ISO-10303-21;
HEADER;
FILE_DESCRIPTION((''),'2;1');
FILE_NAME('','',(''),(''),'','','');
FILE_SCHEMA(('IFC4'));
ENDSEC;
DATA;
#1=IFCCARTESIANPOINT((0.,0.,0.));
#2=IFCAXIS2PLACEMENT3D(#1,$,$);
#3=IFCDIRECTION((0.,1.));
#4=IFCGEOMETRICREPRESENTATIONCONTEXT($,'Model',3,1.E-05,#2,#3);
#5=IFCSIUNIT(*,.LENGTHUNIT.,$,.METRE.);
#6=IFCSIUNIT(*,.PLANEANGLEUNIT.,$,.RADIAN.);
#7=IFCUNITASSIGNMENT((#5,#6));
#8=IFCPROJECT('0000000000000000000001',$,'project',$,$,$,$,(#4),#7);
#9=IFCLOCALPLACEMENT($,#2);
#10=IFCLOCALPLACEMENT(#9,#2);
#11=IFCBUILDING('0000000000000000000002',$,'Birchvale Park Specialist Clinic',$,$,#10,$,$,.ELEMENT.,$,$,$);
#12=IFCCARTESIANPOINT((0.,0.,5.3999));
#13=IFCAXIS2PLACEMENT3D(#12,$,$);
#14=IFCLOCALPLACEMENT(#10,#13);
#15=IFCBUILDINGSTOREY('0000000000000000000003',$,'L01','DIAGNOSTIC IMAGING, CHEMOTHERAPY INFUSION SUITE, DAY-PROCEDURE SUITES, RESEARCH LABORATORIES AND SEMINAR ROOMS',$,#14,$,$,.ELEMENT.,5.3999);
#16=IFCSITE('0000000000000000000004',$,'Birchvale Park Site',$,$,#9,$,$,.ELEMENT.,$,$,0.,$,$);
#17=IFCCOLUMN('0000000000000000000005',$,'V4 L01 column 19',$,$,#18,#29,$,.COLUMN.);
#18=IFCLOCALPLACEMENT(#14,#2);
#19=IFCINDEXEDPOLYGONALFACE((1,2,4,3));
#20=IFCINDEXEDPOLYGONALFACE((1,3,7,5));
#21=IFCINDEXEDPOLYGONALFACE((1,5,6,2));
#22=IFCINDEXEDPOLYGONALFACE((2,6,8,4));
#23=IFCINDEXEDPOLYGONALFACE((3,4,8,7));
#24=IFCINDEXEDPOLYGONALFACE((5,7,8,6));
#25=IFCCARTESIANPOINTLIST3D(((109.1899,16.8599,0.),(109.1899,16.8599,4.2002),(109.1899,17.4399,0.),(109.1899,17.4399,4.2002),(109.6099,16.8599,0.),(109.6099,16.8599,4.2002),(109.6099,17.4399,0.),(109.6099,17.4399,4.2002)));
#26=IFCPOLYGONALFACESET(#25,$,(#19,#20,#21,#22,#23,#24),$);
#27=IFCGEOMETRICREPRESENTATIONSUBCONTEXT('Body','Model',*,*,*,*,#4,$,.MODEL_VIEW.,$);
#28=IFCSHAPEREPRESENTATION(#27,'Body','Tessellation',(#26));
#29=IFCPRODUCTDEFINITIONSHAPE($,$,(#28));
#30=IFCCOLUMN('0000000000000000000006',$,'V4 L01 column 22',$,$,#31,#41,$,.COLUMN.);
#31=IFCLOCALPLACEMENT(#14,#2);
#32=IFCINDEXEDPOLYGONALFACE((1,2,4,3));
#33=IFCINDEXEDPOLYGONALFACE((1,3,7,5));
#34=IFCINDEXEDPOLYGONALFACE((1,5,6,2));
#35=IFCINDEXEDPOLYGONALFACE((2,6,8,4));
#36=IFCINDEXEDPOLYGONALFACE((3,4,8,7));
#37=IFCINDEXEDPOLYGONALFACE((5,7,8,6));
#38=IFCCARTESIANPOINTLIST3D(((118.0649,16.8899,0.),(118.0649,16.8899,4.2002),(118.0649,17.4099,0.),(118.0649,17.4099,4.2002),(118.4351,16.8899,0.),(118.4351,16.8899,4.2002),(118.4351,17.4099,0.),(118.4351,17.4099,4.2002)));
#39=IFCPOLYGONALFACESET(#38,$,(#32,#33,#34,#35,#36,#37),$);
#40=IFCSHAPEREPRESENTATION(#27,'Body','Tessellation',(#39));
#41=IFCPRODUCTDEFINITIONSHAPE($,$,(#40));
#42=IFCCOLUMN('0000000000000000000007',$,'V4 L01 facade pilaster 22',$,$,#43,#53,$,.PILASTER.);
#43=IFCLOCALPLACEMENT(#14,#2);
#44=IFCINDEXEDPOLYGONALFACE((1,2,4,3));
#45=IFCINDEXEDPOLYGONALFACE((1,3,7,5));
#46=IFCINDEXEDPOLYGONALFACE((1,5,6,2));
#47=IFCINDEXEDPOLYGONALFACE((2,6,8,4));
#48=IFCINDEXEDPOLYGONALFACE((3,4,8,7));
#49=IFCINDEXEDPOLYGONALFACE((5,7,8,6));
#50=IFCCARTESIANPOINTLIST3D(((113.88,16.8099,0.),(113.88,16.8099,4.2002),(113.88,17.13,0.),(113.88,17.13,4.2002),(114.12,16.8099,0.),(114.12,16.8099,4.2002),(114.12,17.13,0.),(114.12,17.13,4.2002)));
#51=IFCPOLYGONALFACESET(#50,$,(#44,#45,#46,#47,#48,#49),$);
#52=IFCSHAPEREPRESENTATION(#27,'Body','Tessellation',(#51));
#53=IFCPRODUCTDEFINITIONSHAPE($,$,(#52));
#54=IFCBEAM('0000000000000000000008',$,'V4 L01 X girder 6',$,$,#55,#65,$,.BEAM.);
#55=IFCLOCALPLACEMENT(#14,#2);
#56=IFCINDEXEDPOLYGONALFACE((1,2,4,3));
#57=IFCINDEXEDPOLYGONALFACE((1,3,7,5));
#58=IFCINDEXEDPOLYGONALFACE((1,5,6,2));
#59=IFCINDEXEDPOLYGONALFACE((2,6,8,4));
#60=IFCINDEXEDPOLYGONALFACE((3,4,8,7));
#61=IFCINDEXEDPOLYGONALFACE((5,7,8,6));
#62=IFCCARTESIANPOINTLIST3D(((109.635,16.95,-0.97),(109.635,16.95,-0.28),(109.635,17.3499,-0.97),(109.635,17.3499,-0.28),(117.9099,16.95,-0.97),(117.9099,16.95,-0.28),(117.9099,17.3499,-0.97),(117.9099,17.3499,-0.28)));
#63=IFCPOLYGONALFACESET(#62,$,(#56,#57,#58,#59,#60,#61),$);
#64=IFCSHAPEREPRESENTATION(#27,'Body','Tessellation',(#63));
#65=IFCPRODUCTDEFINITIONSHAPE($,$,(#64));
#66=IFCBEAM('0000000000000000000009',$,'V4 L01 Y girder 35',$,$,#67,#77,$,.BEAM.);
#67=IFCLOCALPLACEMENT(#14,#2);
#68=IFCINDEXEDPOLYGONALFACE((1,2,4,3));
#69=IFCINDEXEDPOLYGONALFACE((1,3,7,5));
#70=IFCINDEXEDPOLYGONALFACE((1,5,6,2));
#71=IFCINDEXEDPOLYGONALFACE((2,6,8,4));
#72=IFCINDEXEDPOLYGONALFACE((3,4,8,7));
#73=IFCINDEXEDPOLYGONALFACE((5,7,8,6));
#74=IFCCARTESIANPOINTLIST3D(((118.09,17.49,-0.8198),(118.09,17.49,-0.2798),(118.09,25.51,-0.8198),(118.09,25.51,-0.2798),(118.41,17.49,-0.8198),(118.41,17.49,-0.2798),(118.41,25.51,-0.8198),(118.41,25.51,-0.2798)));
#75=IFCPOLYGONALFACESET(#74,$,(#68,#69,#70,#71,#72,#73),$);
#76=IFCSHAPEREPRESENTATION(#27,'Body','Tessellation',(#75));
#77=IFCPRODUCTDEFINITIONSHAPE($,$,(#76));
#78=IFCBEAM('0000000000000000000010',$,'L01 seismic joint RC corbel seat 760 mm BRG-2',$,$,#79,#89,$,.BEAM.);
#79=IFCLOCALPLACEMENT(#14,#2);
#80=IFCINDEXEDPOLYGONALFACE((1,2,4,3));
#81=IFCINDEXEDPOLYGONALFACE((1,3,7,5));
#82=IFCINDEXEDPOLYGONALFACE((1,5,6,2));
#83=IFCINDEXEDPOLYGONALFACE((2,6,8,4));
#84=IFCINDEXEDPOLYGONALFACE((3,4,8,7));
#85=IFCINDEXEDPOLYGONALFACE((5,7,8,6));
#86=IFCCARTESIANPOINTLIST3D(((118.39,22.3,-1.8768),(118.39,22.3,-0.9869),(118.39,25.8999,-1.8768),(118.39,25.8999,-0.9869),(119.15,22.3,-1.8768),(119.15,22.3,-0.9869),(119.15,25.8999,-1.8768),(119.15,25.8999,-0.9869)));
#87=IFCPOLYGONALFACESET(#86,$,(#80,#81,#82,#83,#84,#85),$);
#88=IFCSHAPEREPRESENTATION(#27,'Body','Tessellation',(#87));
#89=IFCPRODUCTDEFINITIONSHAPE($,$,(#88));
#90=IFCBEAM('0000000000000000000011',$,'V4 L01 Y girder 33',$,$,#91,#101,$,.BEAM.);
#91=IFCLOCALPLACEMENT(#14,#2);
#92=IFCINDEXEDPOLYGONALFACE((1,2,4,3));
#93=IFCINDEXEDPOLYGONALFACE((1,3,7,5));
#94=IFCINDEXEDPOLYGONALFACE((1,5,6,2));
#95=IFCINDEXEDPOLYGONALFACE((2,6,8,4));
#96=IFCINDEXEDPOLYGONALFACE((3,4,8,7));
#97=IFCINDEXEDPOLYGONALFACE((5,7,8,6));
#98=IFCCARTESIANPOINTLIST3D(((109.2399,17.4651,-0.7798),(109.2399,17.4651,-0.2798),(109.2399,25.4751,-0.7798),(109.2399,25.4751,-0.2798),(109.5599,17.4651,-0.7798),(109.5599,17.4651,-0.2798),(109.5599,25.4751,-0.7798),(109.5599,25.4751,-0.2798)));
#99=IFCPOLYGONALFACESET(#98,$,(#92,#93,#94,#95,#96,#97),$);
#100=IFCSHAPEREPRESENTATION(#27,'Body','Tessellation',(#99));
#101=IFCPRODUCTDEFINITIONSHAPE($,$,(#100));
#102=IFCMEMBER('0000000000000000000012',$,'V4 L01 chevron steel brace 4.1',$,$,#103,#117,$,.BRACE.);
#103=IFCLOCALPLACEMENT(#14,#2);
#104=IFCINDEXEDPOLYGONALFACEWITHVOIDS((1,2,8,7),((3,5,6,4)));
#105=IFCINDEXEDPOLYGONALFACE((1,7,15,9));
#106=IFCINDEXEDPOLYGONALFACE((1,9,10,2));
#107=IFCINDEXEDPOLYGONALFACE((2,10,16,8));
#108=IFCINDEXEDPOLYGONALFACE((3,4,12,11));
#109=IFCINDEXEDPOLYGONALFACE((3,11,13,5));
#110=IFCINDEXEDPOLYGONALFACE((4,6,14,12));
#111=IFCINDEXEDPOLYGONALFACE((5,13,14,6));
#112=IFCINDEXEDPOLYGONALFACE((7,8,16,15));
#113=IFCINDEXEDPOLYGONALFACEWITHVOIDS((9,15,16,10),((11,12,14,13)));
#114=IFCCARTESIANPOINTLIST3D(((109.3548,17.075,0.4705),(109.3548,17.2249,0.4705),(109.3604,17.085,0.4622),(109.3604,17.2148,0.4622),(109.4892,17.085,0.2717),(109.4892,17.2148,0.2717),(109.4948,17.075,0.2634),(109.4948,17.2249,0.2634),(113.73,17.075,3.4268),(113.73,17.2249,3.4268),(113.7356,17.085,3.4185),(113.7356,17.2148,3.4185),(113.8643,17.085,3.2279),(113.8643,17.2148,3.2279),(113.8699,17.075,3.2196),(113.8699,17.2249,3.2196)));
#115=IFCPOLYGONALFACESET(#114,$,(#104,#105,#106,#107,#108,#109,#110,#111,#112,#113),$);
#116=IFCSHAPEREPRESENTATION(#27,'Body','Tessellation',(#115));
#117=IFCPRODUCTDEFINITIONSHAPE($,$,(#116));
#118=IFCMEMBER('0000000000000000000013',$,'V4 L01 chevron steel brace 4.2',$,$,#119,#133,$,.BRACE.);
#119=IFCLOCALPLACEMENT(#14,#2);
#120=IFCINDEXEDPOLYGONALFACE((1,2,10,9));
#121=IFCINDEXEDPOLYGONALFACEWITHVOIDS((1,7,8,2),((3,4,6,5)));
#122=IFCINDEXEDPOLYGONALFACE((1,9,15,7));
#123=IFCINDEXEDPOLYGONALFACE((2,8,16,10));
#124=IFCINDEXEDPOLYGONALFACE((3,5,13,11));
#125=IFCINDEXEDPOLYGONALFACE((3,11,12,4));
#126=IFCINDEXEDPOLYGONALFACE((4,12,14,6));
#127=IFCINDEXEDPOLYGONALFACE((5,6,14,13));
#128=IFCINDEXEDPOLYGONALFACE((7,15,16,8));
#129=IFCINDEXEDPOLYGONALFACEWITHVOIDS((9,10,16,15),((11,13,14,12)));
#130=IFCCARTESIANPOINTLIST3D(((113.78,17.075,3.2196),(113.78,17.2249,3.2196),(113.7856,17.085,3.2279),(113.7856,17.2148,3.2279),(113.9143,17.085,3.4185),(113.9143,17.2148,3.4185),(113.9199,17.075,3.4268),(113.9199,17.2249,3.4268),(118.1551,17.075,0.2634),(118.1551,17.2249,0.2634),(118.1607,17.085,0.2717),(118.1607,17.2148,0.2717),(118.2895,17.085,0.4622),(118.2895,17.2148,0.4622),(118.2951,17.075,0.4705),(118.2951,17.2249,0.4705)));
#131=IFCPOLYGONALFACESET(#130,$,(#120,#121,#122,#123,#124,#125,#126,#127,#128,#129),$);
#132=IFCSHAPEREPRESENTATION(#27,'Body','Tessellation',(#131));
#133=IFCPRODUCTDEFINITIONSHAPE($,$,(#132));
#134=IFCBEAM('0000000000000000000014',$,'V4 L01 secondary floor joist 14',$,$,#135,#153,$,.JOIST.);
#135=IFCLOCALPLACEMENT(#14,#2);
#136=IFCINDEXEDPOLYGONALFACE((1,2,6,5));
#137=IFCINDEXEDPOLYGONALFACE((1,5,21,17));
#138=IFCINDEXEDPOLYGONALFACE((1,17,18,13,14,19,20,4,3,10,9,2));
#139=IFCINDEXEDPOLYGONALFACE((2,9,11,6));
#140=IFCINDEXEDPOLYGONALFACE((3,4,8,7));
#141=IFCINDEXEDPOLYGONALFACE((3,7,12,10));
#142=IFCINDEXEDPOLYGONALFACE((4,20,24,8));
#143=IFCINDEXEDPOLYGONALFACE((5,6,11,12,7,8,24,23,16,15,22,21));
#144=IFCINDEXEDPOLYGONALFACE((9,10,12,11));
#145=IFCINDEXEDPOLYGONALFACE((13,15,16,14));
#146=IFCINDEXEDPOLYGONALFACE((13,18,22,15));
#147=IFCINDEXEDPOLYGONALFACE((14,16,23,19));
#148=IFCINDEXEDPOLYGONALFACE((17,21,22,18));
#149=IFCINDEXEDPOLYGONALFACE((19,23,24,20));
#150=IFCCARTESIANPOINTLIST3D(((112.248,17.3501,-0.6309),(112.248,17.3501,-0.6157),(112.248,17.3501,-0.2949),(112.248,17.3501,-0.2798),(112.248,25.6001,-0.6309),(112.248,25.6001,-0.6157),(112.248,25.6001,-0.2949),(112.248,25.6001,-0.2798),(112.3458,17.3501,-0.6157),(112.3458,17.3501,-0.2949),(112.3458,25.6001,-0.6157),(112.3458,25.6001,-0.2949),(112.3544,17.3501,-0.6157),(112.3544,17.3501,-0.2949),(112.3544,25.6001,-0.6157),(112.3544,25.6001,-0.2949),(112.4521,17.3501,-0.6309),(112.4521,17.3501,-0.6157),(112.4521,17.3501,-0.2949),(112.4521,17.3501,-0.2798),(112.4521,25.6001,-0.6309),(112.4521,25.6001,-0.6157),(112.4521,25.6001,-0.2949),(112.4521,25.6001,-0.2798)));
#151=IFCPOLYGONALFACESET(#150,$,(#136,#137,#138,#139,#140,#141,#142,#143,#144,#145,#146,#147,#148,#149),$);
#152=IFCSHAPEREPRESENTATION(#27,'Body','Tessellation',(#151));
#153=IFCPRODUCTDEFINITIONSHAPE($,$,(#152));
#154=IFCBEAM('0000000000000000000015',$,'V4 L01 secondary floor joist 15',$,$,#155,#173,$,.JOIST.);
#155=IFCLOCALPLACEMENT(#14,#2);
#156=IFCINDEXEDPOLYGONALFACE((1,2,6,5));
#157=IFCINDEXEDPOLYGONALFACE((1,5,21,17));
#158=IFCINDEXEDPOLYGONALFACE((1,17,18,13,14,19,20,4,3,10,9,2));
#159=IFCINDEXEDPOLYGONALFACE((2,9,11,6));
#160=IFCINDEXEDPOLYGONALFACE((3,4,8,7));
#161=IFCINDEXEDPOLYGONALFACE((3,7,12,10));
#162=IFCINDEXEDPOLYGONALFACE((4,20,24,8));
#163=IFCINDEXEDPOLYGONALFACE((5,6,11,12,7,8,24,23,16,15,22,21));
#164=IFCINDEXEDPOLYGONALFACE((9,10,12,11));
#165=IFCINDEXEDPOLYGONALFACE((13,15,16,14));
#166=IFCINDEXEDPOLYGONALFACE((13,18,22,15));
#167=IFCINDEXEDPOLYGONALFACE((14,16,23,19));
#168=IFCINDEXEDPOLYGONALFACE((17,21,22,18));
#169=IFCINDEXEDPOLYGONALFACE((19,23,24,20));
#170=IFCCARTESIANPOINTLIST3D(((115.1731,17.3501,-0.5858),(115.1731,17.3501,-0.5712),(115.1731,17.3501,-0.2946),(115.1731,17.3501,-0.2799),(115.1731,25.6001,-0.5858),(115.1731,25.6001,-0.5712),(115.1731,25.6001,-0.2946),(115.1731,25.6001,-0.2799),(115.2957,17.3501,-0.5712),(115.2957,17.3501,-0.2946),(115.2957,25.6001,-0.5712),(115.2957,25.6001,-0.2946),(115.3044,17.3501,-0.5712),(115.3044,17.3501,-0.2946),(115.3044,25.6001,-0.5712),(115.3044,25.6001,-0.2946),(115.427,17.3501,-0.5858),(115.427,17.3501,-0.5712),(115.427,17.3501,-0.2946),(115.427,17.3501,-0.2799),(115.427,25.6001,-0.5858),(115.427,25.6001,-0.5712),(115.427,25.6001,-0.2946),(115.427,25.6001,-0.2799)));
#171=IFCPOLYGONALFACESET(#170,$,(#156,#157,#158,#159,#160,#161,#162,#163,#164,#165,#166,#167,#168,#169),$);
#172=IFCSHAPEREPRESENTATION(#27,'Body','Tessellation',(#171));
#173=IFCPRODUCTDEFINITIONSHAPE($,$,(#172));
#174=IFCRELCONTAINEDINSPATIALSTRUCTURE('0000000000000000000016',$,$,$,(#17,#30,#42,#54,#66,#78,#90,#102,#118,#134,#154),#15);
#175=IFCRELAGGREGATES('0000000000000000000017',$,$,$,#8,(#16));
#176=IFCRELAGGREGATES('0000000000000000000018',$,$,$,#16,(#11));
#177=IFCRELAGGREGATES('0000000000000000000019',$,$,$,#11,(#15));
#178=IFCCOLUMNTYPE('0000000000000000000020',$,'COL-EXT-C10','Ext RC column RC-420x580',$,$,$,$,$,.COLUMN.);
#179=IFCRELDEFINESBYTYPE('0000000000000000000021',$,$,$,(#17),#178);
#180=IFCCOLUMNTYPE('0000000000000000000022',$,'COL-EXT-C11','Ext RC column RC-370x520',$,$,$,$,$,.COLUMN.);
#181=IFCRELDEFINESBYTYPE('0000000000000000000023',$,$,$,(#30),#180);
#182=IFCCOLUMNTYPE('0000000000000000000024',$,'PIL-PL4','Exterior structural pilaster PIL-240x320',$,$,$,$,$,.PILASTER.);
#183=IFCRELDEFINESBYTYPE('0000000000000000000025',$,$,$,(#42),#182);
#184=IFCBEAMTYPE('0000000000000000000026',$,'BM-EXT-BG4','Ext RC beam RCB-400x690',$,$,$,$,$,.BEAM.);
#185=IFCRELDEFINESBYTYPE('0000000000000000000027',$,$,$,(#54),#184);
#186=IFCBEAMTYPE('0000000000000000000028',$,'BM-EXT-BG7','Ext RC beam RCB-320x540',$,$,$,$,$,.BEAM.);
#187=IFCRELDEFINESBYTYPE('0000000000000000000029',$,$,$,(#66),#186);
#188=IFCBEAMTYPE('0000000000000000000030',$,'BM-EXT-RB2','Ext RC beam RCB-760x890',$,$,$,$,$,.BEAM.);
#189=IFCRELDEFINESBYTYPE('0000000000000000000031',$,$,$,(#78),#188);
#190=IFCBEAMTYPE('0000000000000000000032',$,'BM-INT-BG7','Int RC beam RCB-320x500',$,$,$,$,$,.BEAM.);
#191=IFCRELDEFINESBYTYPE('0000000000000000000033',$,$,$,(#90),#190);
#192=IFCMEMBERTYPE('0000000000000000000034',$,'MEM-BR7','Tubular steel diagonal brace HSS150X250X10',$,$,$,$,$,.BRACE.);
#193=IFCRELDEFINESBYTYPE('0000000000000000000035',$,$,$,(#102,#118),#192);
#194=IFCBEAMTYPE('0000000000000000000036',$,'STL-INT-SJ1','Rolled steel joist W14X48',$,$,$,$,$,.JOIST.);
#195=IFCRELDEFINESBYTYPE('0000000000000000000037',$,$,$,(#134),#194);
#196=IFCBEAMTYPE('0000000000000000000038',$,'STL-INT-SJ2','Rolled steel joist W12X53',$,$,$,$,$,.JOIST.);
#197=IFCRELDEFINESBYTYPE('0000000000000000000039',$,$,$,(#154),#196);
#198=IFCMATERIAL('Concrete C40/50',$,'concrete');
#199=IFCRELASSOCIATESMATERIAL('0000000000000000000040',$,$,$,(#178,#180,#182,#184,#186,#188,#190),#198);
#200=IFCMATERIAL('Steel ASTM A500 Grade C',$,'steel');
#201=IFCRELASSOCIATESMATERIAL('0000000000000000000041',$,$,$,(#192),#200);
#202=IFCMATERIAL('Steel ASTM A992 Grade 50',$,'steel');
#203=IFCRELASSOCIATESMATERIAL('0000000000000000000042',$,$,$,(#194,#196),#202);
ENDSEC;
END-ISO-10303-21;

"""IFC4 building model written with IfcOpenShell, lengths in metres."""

from ifc_helpers import new_model, si_unit, direction, frame, origin, origin_2d, place, context, subcontext, project, spatial, rectangle, hollow_rectangle, i_section, extrude, material, material_profile, profile_set, type_object, element, save


model = new_model("IFC4")

# Units and contexts
model_context = context("Model", 3, precision=1e-05, world=origin(), true_north=direction((0.0, 1.0)))
body_context = subcontext(model_context, "Body", "Model", "MODEL_VIEW")
ifc_project = project(units=[si_unit("LENGTHUNIT", "METRE"), si_unit("PLANEANGLEUNIT", "RADIAN")], contexts=[model_context])

# Site, building, storey
site_placement = place(None, origin())
site = spatial("IfcSite", under=ifc_project, at=site_placement, Name="Birchvale Park Site", CompositionType="ELEMENT", RefElevation=0.0)
building_placement = place(site_placement, origin())
building = spatial("IfcBuilding", under=site, at=building_placement, Name="Birchvale Park Specialist Clinic", CompositionType="ELEMENT")
storey_placement = place(building_placement, frame((0.0, 0.0, 5.3999)))
storey = spatial("IfcBuildingStorey", under=building, at=storey_placement, Name="L01", Description="DIAGNOSTIC IMAGING, CHEMOTHERAPY INFUSION SUITE, DAY-PROCEDURE SUITES, RESEARCH LABORATORIES AND SEMINAR ROOMS", CompositionType="ELEMENT", Elevation=5.3999)

# Columns
ifc_material_1 = material(Name="Concrete C40/50", Category="concrete")
ifc_material_profile_1 = material_profile(ifc_material_1, rectangle(XDim=0.4199, YDim=0.5801, at=origin_2d()), Name="RC-420x580")
ifc_profile_set_1 = profile_set([ifc_material_profile_1], Name="Concrete C40/50")
column_type_1 = type_object("IfcColumnType", Name="COL-EXT-C10", Description="Ext RC column RC-420x580", PredefinedType="COLUMN", material=ifc_profile_set_1)
column_1_placement = place(storey_placement, frame((109.3999, 17.1499, 0.0), z_axis=(0.0, 0.0, 1.0), x_axis=(1.0, 0.0, 0.0)))
element("IfcColumn", 1, at=column_1_placement, inside=storey, type_object=column_type_1, Name="V4 L01 column 19", PredefinedType="COLUMN", context=body_context, shape_type="SweptSolid", body=[
    extrude(rectangle(XDim=0.4199, YDim=0.5801, at=origin_2d()), origin(), (0.0, 0.0, 1.0), 4.2002),
])
ifc_material_profile_2 = material_profile(ifc_material_1, rectangle(XDim=0.3701, YDim=0.52, at=origin_2d()), Name="RC-370x520")
ifc_profile_set_2 = profile_set([ifc_material_profile_2], Name="Concrete C40/50")
column_type_2 = type_object("IfcColumnType", Name="COL-EXT-C11", Description="Ext RC column RC-370x520", PredefinedType="COLUMN", material=ifc_profile_set_2)
column_2_placement = place(storey_placement, frame((118.25, 17.1499, 0.0), z_axis=(0.0, 0.0, 1.0), x_axis=(1.0, 0.0, 0.0)))
element("IfcColumn", 2, at=column_2_placement, inside=storey, type_object=column_type_2, Name="V4 L01 column 22", PredefinedType="COLUMN", context=body_context, shape_type="SweptSolid", body=[
    extrude(rectangle(XDim=0.3701, YDim=0.52, at=origin_2d()), origin(), (0.0, 0.0, 1.0), 4.2002),
])
ifc_material_profile_3 = material_profile(ifc_material_1, rectangle(XDim=0.24, YDim=0.3201, at=origin_2d()), Name="PIL-240x320")
ifc_profile_set_3 = profile_set([ifc_material_profile_3], Name="Concrete C40/50")
column_type_3 = type_object("IfcColumnType", Name="PIL-PL4", Description="Exterior structural pilaster PIL-240x320", PredefinedType="PILASTER", material=ifc_profile_set_3)
column_3_placement = place(storey_placement, frame((114.0, 16.97, 0.0), z_axis=(0.0, 0.0, 1.0), x_axis=(1.0, 0.0, 0.0)))
element("IfcColumn", 3, at=column_3_placement, inside=storey, type_object=column_type_3, Name="V4 L01 facade pilaster 22", PredefinedType="PILASTER", context=body_context, shape_type="SweptSolid", body=[
    extrude(rectangle(XDim=0.24, YDim=0.3201, at=origin_2d()), origin(), (0.0, 0.0, 1.0), 4.2002),
])

# Beams
ifc_material_profile_4 = material_profile(ifc_material_1, rectangle(XDim=0.3999, YDim=0.6899, at=origin_2d()), Name="RCB-400x690")
ifc_profile_set_4 = profile_set([ifc_material_profile_4], Name="Concrete C40/50")
beam_type_1 = type_object("IfcBeamType", Name="BM-EXT-BG4", Description="Ext RC beam RCB-400x690", PredefinedType="BEAM", material=ifc_profile_set_4)
beam_1_placement = place(storey_placement, frame((109.635, 17.1499, -0.625), z_axis=(1.0, 0.0, 0.0), x_axis=(0.0, 1.0, 0.0)))
element("IfcBeam", 4, at=beam_1_placement, inside=storey, type_object=beam_type_1, Name="V4 L01 X girder 6", PredefinedType="BEAM", context=body_context, shape_type="SweptSolid", body=[
    extrude(rectangle(XDim=0.3999, YDim=0.6899, at=origin_2d()), origin(), (0.0, 0.0, 1.0), 8.2749),
])
ifc_material_profile_5 = material_profile(ifc_material_1, rectangle(XDim=0.3201, YDim=0.54, at=origin_2d()), Name="RCB-320x540")
ifc_profile_set_5 = profile_set([ifc_material_profile_5], Name="Concrete C40/50")
beam_type_2 = type_object("IfcBeamType", Name="BM-EXT-BG7", Description="Ext RC beam RCB-320x540", PredefinedType="BEAM", material=ifc_profile_set_5)
beam_2_placement = place(storey_placement, frame((118.25, 17.49, -0.5498), z_axis=(0.0, 1.0, 0.0), x_axis=(-1.0, 0.0, 0.0)))
element("IfcBeam", 5, at=beam_2_placement, inside=storey, type_object=beam_type_2, Name="V4 L01 Y girder 35", PredefinedType="BEAM", context=body_context, shape_type="SweptSolid", body=[
    extrude(rectangle(XDim=0.3201, YDim=0.54, at=origin_2d()), origin(), (0.0, 0.0, 1.0), 8.02),
])
ifc_material_profile_6 = material_profile(ifc_material_1, rectangle(XDim=0.76, YDim=0.8899, at=origin_2d()), Name="RCB-760x890")
ifc_profile_set_6 = profile_set([ifc_material_profile_6], Name="Concrete C40/50")
beam_type_3 = type_object("IfcBeamType", Name="BM-EXT-RB2", Description="Ext RC beam RCB-760x890", PredefinedType="BEAM", material=ifc_profile_set_6)
beam_3_placement = place(storey_placement, frame((118.77, 22.3, -1.4319), z_axis=(0.0, 1.0, 0.0), x_axis=(-1.0, 0.0, 0.0)))
element("IfcBeam", 6, at=beam_3_placement, inside=storey, type_object=beam_type_3, Name="L01 seismic joint RC corbel seat 760 mm BRG-2", PredefinedType="BEAM", context=body_context, shape_type="SweptSolid", body=[
    extrude(rectangle(XDim=0.76, YDim=0.8899, at=origin_2d()), origin(), (0.0, 0.0, 1.0), 3.5999),
])
ifc_material_profile_7 = material_profile(ifc_material_1, rectangle(XDim=0.3201, YDim=0.5, at=origin_2d()), Name="RCB-320x500")
ifc_profile_set_7 = profile_set([ifc_material_profile_7], Name="Concrete C40/50")
beam_type_4 = type_object("IfcBeamType", Name="BM-INT-BG7", Description="Int RC beam RCB-320x500", PredefinedType="BEAM", material=ifc_profile_set_7)
beam_4_placement = place(storey_placement, frame((109.3999, 17.4651, -0.5298), z_axis=(0.0, 1.0, 0.0), x_axis=(-1.0, 0.0, 0.0)))
element("IfcBeam", 7, at=beam_4_placement, inside=storey, type_object=beam_type_4, Name="V4 L01 Y girder 33", PredefinedType="BEAM", context=body_context, shape_type="SweptSolid", body=[
    extrude(rectangle(XDim=0.3201, YDim=0.5, at=origin_2d()), origin(), (0.0, 0.0, 1.0), 8.01),
])

# Members
ifc_material_2 = material(Name="Steel ASTM A500 Grade C", Category="steel")
ifc_material_profile_8 = material_profile(ifc_material_2, hollow_rectangle(XDim=0.1499, YDim=0.25, WallThickness=0.01, at=origin_2d()), Name="HSS150X250X10")
ifc_profile_set_8 = profile_set([ifc_material_profile_8], Name="Steel ASTM A500 Grade C")
member_type = type_object("IfcMemberType", Name="MEM-BR7", Description="Tubular steel diagonal brace HSS150X250X10", PredefinedType="BRACE", material=ifc_profile_set_8)
for number, where, z_axis, x_axis, name in (
    (8, (109.4248, 17.1499, 0.3669), (0.828584, 0.0, 0.559864), (0.0, 1.0, 0.0), "V4 L01 chevron steel brace 4.1"),
    (9, (118.2251, 17.1499, 0.3669), (-0.828584, 0.0, 0.559864), (0.0, -1.0, 0.0), "V4 L01 chevron steel brace 4.2"),
):
    element("IfcMember", number, at=place(storey_placement, frame(where, z_axis=z_axis, x_axis=x_axis)), inside=storey, type_object=member_type, Name=name, PredefinedType="BRACE", context=body_context, shape_type="SweptSolid", body=[
        extrude(hollow_rectangle(XDim=0.1499, YDim=0.25, WallThickness=0.01, at=origin_2d()), origin(), (0.0, 0.0, 1.0), 5.2803),
    ])

# Beams
ifc_material_3 = material(Name="Steel ASTM A992 Grade 50", Category="steel")
ifc_material_profile_9 = material_profile(ifc_material_3, i_section(OverallWidth=0.2041, OverallDepth=0.3511, WebThickness=0.0085, FlangeThickness=0.0151, at=origin_2d()), Name="W14X48")
ifc_profile_set_9 = profile_set([ifc_material_profile_9], Name="Steel ASTM A992 Grade 50")
beam_type_5 = type_object("IfcBeamType", Name="STL-INT-SJ1", Description="Rolled steel joist W14X48", PredefinedType="JOIST", material=ifc_profile_set_9)
beam_5_placement = place(storey_placement, frame((112.3501, 17.3501, -0.4553), z_axis=(0.0, 1.0, 0.0), x_axis=(-1.0, 0.0, 0.0)))
element("IfcBeam", 10, at=beam_5_placement, inside=storey, type_object=beam_type_5, Name="V4 L01 secondary floor joist 14", PredefinedType="JOIST", context=body_context, shape_type="SweptSolid", body=[
    extrude(i_section(OverallWidth=0.2041, OverallDepth=0.3511, WebThickness=0.0085, FlangeThickness=0.0151, at=origin_2d()), origin(), (0.0, 0.0, 1.0), 8.25),
])
ifc_material_profile_10 = material_profile(ifc_material_3, i_section(OverallWidth=0.2539, OverallDepth=0.3059, WebThickness=0.0088, FlangeThickness=0.0146, at=origin_2d()), Name="W12X53")
ifc_profile_set_10 = profile_set([ifc_material_profile_10], Name="Steel ASTM A992 Grade 50")
beam_type_6 = type_object("IfcBeamType", Name="STL-INT-SJ2", Description="Rolled steel joist W12X53", PredefinedType="JOIST", material=ifc_profile_set_10)
beam_6_placement = place(storey_placement, frame((115.3, 17.3501, -0.4329), z_axis=(0.0, 1.0, 0.0), x_axis=(-1.0, 0.0, 0.0)))
element("IfcBeam", 11, at=beam_6_placement, inside=storey, type_object=beam_type_6, Name="V4 L01 secondary floor joist 15", PredefinedType="JOIST", context=body_context, shape_type="SweptSolid", body=[
    extrude(i_section(OverallWidth=0.2539, OverallDepth=0.3059, WebThickness=0.0088, FlangeThickness=0.0146, at=origin_2d()), origin(), (0.0, 0.0, 1.0), 8.25),
])

save(model, "model.ifc")
